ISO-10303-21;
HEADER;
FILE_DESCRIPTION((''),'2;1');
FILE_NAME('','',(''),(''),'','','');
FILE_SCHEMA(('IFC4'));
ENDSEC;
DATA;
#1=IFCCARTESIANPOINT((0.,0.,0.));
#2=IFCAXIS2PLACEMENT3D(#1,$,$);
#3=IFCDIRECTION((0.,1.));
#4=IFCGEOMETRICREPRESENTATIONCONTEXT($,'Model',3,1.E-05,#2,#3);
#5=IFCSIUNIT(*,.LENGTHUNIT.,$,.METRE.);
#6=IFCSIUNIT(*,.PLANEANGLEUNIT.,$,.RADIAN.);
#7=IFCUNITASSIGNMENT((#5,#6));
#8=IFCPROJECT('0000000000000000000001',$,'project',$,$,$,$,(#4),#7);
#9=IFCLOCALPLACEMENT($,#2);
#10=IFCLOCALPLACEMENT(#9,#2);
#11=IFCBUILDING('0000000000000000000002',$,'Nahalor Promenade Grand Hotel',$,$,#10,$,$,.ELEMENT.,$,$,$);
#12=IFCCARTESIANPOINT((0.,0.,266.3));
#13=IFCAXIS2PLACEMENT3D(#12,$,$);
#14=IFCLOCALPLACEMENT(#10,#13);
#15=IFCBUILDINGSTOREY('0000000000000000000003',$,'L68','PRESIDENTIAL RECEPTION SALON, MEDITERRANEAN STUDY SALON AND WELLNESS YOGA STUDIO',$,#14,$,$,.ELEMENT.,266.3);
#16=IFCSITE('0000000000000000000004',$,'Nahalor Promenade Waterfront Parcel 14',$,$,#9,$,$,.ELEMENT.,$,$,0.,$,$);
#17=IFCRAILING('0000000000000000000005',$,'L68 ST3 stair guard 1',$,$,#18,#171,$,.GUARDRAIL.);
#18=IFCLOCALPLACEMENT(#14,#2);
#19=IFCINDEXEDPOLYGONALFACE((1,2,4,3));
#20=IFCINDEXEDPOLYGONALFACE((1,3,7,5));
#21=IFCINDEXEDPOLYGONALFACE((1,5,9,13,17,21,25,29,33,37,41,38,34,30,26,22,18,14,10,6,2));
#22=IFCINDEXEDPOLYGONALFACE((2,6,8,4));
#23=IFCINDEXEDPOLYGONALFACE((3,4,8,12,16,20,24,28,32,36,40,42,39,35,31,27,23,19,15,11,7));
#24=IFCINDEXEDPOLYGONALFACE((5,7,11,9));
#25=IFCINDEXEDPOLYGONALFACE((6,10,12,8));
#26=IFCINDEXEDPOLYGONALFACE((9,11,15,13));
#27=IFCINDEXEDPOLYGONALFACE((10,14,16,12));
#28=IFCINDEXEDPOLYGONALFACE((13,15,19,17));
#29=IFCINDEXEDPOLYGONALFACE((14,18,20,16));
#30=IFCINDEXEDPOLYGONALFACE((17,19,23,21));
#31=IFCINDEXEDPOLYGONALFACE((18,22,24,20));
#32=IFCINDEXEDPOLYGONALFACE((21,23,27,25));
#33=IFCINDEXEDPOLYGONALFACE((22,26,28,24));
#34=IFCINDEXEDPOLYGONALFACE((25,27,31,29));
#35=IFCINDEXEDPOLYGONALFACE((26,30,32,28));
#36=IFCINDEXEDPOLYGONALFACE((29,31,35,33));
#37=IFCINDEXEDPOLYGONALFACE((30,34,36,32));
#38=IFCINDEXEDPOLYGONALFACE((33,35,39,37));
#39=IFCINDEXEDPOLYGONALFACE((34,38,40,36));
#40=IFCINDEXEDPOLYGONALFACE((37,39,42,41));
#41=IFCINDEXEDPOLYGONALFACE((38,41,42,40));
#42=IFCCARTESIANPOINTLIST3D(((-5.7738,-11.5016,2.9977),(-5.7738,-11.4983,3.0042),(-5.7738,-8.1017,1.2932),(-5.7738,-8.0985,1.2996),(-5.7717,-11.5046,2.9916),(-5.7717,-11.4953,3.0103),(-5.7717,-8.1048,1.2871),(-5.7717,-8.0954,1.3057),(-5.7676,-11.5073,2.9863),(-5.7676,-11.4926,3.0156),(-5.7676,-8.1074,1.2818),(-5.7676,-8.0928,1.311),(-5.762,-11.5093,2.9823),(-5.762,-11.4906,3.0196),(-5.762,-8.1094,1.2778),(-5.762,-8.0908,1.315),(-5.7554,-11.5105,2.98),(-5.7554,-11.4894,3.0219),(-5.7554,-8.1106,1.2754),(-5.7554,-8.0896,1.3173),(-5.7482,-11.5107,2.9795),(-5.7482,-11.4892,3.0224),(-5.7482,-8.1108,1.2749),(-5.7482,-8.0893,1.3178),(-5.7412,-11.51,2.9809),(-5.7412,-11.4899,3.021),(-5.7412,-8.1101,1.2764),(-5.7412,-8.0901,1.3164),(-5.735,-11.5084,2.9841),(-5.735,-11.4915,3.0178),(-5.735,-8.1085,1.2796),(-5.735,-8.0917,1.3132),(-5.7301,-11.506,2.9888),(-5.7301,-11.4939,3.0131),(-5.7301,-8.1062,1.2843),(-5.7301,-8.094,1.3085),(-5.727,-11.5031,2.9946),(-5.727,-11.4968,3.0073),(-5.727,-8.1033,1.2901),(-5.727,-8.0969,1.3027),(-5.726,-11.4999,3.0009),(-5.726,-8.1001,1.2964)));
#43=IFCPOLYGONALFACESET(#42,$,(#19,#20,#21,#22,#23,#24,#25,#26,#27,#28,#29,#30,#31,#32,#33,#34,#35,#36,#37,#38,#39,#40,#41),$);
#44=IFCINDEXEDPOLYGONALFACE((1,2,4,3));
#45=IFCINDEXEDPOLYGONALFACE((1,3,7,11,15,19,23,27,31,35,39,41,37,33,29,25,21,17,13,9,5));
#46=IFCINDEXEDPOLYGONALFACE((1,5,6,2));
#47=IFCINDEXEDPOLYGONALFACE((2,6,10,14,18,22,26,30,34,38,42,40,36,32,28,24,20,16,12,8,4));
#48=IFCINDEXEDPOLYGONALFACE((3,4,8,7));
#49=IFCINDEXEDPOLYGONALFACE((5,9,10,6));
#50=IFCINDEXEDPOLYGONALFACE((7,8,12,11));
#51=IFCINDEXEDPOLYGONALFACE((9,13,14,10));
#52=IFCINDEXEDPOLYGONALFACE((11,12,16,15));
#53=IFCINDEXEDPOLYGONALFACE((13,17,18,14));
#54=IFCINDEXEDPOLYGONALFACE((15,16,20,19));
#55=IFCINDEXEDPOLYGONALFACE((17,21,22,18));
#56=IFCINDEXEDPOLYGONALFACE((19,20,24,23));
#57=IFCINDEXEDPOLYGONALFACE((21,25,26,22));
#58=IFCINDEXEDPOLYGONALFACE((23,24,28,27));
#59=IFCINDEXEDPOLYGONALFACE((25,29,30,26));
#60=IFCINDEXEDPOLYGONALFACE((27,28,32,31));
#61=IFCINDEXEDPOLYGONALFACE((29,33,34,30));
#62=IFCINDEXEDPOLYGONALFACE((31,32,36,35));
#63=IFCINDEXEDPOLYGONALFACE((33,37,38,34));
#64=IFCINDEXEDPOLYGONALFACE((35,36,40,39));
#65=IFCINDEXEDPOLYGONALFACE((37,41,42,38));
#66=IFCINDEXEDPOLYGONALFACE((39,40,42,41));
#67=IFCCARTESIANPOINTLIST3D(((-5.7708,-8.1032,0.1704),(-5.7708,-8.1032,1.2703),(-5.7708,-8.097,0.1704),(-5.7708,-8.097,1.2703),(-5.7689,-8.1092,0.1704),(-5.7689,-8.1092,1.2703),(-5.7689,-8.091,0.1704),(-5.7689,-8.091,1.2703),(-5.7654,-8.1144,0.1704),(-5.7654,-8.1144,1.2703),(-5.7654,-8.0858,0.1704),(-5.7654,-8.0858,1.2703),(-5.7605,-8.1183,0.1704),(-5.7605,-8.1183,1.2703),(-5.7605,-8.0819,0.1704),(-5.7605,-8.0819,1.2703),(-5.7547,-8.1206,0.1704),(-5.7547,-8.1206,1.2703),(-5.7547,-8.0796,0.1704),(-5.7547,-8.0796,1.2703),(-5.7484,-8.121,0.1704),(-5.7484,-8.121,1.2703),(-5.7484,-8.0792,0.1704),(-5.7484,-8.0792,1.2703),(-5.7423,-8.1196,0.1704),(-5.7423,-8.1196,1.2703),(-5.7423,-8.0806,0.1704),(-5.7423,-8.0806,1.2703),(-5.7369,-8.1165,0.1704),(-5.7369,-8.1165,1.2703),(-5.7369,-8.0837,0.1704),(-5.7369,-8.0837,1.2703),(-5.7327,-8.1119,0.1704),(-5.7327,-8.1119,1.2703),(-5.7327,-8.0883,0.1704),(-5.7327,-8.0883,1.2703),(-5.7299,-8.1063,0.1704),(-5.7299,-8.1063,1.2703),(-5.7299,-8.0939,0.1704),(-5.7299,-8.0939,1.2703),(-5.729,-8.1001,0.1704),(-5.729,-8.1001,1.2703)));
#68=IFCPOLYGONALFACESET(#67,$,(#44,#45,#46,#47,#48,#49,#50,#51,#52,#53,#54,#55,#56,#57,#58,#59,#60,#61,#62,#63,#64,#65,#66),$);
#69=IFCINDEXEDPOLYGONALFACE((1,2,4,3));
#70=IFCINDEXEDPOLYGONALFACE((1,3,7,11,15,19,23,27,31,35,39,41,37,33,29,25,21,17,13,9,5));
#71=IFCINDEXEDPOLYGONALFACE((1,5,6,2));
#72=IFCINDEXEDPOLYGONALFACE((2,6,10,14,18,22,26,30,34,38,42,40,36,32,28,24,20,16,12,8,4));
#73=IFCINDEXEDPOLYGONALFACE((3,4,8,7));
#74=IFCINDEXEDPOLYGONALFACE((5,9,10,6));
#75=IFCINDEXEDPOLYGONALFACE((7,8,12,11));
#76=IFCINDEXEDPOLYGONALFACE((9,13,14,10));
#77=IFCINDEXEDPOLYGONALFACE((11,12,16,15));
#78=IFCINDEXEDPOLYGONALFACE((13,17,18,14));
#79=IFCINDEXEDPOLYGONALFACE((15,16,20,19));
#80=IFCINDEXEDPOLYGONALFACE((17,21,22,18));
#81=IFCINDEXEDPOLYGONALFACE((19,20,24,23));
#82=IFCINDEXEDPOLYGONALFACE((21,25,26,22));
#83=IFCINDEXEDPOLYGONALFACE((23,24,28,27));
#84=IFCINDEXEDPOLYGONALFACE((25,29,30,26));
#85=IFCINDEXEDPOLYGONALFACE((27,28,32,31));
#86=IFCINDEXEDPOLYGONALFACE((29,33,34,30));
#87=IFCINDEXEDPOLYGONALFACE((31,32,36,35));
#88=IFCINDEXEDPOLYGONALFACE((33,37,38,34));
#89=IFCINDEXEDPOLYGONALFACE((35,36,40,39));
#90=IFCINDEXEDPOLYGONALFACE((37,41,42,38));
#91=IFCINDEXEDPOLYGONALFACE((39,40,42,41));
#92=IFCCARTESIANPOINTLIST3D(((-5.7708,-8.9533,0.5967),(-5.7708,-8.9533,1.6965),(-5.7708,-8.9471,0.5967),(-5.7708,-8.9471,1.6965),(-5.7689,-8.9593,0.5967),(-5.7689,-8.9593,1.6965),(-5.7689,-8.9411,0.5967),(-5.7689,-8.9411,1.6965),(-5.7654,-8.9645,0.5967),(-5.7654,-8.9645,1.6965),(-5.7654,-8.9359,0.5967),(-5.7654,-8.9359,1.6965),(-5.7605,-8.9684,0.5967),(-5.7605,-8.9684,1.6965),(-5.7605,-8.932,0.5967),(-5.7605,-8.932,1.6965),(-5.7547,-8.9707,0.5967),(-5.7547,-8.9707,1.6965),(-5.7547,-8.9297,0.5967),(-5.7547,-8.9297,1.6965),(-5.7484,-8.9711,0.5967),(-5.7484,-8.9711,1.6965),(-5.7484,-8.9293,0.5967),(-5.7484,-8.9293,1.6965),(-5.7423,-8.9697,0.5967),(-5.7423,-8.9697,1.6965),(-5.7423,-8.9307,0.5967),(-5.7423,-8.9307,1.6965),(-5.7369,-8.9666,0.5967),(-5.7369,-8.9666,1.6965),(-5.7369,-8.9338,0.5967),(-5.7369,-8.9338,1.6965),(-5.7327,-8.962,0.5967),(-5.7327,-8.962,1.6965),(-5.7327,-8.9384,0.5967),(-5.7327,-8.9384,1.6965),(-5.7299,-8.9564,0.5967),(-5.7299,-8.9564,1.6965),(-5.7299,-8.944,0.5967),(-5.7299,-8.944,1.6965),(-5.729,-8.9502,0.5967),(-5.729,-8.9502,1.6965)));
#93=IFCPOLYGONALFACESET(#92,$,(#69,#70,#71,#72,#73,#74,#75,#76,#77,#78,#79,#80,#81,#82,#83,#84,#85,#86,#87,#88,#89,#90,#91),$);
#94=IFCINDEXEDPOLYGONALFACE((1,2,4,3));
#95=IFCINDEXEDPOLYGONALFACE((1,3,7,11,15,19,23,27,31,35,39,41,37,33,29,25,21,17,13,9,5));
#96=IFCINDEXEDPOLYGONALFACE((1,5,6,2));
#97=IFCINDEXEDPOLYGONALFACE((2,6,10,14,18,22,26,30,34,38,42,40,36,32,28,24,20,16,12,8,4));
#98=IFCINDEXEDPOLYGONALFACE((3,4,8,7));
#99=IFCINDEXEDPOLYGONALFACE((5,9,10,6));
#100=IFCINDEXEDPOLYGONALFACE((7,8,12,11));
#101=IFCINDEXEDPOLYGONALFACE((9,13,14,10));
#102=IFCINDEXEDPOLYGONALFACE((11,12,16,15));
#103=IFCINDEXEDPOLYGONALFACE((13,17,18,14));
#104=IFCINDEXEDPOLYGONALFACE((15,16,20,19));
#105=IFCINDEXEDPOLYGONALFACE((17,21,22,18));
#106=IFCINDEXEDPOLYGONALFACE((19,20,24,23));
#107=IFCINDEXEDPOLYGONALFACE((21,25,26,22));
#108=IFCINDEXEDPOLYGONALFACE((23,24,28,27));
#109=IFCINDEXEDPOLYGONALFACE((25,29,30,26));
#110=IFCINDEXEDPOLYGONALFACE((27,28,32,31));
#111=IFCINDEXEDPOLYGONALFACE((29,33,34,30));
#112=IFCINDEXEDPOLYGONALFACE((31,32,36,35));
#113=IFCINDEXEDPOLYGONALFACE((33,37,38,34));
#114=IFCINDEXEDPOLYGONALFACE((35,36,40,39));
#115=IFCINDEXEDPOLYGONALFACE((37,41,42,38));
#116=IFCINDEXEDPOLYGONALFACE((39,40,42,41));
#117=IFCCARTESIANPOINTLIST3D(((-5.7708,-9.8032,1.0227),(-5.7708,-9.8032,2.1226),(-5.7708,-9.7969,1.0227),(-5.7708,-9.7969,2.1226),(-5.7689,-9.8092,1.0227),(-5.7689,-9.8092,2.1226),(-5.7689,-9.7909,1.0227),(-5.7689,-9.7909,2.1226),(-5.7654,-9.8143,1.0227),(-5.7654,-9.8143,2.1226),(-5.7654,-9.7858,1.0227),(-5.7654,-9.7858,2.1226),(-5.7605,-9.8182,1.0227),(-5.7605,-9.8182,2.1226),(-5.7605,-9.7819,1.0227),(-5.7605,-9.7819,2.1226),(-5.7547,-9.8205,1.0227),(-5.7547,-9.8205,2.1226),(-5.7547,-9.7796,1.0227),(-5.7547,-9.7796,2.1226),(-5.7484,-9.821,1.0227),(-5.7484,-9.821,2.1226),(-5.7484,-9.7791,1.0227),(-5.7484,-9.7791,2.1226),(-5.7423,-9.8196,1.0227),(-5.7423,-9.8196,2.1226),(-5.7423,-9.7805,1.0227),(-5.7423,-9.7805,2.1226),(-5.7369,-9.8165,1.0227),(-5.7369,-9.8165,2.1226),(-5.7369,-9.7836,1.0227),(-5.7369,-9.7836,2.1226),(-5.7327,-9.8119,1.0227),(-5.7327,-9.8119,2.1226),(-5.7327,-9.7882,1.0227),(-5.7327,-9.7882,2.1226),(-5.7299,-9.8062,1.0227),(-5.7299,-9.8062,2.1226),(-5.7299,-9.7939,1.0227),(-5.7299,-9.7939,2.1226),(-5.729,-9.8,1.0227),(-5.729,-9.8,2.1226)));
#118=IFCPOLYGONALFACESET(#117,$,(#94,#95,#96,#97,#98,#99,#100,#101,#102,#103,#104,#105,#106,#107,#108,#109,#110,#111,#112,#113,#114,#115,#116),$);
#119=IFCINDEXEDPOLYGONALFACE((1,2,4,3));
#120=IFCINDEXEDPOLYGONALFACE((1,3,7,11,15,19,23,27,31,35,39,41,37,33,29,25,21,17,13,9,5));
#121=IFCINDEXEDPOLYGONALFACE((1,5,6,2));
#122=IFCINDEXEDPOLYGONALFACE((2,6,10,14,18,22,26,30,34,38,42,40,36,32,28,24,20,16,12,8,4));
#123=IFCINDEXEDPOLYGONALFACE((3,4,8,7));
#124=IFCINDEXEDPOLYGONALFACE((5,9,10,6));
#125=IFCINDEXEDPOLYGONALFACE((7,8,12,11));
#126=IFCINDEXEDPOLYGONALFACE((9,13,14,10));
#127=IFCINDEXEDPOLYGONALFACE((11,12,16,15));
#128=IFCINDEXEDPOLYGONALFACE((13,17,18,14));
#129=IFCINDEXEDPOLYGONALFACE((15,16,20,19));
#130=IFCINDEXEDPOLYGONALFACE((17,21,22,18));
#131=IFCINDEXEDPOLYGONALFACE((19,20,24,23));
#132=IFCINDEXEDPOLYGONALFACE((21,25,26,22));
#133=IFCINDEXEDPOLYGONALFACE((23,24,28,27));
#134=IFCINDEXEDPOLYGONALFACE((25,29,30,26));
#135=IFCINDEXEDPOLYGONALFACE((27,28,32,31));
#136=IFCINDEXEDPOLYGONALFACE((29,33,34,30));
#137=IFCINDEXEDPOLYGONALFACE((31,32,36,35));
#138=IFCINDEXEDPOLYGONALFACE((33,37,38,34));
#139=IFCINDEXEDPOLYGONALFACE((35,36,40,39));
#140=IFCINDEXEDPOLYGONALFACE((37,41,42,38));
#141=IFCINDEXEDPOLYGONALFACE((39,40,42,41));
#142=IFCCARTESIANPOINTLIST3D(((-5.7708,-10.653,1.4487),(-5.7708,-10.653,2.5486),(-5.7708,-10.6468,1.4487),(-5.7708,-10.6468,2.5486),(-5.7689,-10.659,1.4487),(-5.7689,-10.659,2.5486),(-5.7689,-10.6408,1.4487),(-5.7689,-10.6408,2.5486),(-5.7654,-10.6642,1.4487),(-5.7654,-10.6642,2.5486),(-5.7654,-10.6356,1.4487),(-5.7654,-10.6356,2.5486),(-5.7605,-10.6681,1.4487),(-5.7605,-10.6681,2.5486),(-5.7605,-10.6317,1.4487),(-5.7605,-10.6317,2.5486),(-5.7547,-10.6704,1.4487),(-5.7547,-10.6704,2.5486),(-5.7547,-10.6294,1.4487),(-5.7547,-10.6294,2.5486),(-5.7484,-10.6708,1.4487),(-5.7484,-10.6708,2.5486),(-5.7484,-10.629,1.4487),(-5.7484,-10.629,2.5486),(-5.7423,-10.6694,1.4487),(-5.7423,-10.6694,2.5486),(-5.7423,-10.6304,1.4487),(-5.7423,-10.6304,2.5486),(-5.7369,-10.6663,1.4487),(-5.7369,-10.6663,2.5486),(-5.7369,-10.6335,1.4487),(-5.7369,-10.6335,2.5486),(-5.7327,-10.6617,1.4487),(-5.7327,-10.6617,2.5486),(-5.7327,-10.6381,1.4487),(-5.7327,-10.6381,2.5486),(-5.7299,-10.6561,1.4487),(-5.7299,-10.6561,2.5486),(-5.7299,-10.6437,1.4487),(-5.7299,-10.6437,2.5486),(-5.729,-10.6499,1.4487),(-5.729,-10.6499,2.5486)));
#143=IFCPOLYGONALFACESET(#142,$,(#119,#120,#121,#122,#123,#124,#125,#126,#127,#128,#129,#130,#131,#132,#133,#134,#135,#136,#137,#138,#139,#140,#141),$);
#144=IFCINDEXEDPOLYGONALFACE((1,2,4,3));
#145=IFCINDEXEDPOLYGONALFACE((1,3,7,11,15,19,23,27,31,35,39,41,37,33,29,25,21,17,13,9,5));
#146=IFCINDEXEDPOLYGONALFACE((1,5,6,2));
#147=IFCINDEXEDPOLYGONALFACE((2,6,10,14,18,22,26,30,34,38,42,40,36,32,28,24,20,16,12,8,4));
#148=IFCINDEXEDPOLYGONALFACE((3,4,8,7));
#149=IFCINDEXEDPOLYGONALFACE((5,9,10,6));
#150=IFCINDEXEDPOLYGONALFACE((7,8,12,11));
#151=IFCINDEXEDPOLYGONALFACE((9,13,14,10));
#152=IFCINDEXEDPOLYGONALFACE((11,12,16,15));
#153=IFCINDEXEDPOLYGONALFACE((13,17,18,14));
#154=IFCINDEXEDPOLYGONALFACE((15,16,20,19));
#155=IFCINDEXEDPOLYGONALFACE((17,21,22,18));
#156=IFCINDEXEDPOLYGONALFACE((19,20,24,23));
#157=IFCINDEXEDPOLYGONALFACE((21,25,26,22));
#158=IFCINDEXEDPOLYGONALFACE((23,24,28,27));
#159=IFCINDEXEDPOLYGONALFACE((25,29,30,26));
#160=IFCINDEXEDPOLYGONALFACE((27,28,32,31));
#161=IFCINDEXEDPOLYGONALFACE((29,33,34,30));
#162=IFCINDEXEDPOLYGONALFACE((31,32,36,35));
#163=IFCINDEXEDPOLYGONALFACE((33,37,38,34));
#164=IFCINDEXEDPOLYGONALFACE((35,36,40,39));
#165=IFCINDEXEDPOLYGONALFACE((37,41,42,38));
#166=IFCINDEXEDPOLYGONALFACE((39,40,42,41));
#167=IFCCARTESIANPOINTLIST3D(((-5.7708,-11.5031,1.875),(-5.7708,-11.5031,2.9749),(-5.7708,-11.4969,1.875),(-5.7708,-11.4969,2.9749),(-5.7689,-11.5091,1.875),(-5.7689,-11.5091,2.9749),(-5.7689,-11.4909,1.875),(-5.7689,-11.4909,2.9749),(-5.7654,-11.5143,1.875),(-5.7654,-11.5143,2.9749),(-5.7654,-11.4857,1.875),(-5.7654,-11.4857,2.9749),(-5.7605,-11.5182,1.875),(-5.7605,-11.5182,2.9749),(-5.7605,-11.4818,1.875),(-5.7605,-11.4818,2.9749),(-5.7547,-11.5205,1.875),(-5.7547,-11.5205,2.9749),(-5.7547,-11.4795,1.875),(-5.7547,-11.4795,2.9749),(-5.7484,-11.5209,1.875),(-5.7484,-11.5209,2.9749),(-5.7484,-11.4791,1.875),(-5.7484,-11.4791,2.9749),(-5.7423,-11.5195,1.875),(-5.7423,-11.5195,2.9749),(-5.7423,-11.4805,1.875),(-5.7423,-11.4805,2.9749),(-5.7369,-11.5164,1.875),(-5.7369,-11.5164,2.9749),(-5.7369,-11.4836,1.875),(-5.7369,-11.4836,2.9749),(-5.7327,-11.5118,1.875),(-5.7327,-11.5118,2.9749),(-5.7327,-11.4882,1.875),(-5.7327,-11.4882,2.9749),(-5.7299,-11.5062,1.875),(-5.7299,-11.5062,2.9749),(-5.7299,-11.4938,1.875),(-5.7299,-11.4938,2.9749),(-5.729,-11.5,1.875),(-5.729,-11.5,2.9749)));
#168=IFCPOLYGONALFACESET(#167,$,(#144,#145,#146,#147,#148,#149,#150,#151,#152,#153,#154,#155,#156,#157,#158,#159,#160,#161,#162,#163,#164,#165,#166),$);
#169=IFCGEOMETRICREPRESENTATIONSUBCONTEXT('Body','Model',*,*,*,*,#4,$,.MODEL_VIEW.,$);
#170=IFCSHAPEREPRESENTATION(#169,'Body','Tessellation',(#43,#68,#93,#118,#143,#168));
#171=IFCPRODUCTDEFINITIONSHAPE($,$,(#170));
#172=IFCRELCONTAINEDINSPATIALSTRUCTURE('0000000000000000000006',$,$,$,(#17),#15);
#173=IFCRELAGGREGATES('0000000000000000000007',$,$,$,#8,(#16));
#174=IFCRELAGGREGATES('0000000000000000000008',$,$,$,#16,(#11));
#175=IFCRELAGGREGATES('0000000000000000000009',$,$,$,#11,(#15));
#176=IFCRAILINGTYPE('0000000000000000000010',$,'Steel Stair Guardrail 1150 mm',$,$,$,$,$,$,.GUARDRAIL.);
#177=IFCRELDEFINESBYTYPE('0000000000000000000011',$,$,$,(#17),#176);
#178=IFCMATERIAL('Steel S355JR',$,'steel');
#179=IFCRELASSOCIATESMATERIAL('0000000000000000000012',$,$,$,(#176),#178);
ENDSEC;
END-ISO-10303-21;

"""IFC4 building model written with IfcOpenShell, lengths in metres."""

from ifc_helpers import new_model, si_unit, direction, frame, origin, origin_2d, place, context, subcontext, project, spatial, circle, extrude, material, type_object, element, save


model = new_model("IFC4")

# Units and contexts
model_context = context("Model", 3, precision=1e-05, world=origin(), true_north=direction((0.0, 1.0)))
body_context = subcontext(model_context, "Body", "Model", "MODEL_VIEW")
ifc_project = project(units=[si_unit("LENGTHUNIT", "METRE"), si_unit("PLANEANGLEUNIT", "RADIAN")], contexts=[model_context])

# Site, building, storey
site_placement = place(None, origin())
site = spatial("IfcSite", under=ifc_project, at=site_placement, Name="Nahalor Promenade Waterfront Parcel 14", CompositionType="ELEMENT", RefElevation=0.0)
building_placement = place(site_placement, origin())
building = spatial("IfcBuilding", under=site, at=building_placement, Name="Nahalor Promenade Grand Hotel", CompositionType="ELEMENT")
storey_placement = place(building_placement, frame((0.0, 0.0, 266.3)))
storey = spatial("IfcBuildingStorey", under=building, at=storey_placement, Name="L68", Description="PRESIDENTIAL RECEPTION SALON, MEDITERRANEAN STUDY SALON AND WELLNESS YOGA STUDIO", CompositionType="ELEMENT", Elevation=266.3)

# Shared definitions
ifc_material_1 = material(Name="Steel S355JR", Category="steel")

# Railing
railing_type_1 = type_object("IfcRailingType", Name="Steel Stair Guardrail 1150 mm", PredefinedType="GUARDRAIL", material=ifc_material_1)
railing_1_placement = place(storey_placement, frame((-5.75, -8.1001, 0.1704)))
element("IfcRailing", 1, at=railing_1_placement, inside=storey, type_object=railing_type_1, Name="L68 ST3 stair guard 1", PredefinedType="GUARDRAIL", context=body_context, shape_type="SweptSolid", body=[
    extrude(circle(Radius=0.024, at=origin_2d()), frame((0.0, 0.0, 1.126), z_axis=(0.0, -0.893939, 0.448189), x_axis=(1.0, 0.0, 0.0)), (0.0, 0.0, 1.0), 3.8032),
    extrude(circle(Radius=0.021, at=origin_2d()), origin(), (0.0, 0.0, 1.0), 1.0999),
    extrude(circle(Radius=0.021, at=origin_2d()), frame((0.0, -0.8501, 0.4263)), (0.0, 0.0, 1.0), 1.0999),
    extrude(circle(Radius=0.021, at=origin_2d()), frame((0.0, -1.7, 0.8523)), (0.0, 0.0, 1.0), 1.0999),
    extrude(circle(Radius=0.021, at=origin_2d()), frame((0.0, -2.5498, 1.2783)), (0.0, 0.0, 1.0), 1.0999),
    extrude(circle(Radius=0.021, at=origin_2d()), frame((0.0, -3.3999, 1.7046)), (0.0, 0.0, 1.0), 1.0999),
])

save(model, "model.ifc")
